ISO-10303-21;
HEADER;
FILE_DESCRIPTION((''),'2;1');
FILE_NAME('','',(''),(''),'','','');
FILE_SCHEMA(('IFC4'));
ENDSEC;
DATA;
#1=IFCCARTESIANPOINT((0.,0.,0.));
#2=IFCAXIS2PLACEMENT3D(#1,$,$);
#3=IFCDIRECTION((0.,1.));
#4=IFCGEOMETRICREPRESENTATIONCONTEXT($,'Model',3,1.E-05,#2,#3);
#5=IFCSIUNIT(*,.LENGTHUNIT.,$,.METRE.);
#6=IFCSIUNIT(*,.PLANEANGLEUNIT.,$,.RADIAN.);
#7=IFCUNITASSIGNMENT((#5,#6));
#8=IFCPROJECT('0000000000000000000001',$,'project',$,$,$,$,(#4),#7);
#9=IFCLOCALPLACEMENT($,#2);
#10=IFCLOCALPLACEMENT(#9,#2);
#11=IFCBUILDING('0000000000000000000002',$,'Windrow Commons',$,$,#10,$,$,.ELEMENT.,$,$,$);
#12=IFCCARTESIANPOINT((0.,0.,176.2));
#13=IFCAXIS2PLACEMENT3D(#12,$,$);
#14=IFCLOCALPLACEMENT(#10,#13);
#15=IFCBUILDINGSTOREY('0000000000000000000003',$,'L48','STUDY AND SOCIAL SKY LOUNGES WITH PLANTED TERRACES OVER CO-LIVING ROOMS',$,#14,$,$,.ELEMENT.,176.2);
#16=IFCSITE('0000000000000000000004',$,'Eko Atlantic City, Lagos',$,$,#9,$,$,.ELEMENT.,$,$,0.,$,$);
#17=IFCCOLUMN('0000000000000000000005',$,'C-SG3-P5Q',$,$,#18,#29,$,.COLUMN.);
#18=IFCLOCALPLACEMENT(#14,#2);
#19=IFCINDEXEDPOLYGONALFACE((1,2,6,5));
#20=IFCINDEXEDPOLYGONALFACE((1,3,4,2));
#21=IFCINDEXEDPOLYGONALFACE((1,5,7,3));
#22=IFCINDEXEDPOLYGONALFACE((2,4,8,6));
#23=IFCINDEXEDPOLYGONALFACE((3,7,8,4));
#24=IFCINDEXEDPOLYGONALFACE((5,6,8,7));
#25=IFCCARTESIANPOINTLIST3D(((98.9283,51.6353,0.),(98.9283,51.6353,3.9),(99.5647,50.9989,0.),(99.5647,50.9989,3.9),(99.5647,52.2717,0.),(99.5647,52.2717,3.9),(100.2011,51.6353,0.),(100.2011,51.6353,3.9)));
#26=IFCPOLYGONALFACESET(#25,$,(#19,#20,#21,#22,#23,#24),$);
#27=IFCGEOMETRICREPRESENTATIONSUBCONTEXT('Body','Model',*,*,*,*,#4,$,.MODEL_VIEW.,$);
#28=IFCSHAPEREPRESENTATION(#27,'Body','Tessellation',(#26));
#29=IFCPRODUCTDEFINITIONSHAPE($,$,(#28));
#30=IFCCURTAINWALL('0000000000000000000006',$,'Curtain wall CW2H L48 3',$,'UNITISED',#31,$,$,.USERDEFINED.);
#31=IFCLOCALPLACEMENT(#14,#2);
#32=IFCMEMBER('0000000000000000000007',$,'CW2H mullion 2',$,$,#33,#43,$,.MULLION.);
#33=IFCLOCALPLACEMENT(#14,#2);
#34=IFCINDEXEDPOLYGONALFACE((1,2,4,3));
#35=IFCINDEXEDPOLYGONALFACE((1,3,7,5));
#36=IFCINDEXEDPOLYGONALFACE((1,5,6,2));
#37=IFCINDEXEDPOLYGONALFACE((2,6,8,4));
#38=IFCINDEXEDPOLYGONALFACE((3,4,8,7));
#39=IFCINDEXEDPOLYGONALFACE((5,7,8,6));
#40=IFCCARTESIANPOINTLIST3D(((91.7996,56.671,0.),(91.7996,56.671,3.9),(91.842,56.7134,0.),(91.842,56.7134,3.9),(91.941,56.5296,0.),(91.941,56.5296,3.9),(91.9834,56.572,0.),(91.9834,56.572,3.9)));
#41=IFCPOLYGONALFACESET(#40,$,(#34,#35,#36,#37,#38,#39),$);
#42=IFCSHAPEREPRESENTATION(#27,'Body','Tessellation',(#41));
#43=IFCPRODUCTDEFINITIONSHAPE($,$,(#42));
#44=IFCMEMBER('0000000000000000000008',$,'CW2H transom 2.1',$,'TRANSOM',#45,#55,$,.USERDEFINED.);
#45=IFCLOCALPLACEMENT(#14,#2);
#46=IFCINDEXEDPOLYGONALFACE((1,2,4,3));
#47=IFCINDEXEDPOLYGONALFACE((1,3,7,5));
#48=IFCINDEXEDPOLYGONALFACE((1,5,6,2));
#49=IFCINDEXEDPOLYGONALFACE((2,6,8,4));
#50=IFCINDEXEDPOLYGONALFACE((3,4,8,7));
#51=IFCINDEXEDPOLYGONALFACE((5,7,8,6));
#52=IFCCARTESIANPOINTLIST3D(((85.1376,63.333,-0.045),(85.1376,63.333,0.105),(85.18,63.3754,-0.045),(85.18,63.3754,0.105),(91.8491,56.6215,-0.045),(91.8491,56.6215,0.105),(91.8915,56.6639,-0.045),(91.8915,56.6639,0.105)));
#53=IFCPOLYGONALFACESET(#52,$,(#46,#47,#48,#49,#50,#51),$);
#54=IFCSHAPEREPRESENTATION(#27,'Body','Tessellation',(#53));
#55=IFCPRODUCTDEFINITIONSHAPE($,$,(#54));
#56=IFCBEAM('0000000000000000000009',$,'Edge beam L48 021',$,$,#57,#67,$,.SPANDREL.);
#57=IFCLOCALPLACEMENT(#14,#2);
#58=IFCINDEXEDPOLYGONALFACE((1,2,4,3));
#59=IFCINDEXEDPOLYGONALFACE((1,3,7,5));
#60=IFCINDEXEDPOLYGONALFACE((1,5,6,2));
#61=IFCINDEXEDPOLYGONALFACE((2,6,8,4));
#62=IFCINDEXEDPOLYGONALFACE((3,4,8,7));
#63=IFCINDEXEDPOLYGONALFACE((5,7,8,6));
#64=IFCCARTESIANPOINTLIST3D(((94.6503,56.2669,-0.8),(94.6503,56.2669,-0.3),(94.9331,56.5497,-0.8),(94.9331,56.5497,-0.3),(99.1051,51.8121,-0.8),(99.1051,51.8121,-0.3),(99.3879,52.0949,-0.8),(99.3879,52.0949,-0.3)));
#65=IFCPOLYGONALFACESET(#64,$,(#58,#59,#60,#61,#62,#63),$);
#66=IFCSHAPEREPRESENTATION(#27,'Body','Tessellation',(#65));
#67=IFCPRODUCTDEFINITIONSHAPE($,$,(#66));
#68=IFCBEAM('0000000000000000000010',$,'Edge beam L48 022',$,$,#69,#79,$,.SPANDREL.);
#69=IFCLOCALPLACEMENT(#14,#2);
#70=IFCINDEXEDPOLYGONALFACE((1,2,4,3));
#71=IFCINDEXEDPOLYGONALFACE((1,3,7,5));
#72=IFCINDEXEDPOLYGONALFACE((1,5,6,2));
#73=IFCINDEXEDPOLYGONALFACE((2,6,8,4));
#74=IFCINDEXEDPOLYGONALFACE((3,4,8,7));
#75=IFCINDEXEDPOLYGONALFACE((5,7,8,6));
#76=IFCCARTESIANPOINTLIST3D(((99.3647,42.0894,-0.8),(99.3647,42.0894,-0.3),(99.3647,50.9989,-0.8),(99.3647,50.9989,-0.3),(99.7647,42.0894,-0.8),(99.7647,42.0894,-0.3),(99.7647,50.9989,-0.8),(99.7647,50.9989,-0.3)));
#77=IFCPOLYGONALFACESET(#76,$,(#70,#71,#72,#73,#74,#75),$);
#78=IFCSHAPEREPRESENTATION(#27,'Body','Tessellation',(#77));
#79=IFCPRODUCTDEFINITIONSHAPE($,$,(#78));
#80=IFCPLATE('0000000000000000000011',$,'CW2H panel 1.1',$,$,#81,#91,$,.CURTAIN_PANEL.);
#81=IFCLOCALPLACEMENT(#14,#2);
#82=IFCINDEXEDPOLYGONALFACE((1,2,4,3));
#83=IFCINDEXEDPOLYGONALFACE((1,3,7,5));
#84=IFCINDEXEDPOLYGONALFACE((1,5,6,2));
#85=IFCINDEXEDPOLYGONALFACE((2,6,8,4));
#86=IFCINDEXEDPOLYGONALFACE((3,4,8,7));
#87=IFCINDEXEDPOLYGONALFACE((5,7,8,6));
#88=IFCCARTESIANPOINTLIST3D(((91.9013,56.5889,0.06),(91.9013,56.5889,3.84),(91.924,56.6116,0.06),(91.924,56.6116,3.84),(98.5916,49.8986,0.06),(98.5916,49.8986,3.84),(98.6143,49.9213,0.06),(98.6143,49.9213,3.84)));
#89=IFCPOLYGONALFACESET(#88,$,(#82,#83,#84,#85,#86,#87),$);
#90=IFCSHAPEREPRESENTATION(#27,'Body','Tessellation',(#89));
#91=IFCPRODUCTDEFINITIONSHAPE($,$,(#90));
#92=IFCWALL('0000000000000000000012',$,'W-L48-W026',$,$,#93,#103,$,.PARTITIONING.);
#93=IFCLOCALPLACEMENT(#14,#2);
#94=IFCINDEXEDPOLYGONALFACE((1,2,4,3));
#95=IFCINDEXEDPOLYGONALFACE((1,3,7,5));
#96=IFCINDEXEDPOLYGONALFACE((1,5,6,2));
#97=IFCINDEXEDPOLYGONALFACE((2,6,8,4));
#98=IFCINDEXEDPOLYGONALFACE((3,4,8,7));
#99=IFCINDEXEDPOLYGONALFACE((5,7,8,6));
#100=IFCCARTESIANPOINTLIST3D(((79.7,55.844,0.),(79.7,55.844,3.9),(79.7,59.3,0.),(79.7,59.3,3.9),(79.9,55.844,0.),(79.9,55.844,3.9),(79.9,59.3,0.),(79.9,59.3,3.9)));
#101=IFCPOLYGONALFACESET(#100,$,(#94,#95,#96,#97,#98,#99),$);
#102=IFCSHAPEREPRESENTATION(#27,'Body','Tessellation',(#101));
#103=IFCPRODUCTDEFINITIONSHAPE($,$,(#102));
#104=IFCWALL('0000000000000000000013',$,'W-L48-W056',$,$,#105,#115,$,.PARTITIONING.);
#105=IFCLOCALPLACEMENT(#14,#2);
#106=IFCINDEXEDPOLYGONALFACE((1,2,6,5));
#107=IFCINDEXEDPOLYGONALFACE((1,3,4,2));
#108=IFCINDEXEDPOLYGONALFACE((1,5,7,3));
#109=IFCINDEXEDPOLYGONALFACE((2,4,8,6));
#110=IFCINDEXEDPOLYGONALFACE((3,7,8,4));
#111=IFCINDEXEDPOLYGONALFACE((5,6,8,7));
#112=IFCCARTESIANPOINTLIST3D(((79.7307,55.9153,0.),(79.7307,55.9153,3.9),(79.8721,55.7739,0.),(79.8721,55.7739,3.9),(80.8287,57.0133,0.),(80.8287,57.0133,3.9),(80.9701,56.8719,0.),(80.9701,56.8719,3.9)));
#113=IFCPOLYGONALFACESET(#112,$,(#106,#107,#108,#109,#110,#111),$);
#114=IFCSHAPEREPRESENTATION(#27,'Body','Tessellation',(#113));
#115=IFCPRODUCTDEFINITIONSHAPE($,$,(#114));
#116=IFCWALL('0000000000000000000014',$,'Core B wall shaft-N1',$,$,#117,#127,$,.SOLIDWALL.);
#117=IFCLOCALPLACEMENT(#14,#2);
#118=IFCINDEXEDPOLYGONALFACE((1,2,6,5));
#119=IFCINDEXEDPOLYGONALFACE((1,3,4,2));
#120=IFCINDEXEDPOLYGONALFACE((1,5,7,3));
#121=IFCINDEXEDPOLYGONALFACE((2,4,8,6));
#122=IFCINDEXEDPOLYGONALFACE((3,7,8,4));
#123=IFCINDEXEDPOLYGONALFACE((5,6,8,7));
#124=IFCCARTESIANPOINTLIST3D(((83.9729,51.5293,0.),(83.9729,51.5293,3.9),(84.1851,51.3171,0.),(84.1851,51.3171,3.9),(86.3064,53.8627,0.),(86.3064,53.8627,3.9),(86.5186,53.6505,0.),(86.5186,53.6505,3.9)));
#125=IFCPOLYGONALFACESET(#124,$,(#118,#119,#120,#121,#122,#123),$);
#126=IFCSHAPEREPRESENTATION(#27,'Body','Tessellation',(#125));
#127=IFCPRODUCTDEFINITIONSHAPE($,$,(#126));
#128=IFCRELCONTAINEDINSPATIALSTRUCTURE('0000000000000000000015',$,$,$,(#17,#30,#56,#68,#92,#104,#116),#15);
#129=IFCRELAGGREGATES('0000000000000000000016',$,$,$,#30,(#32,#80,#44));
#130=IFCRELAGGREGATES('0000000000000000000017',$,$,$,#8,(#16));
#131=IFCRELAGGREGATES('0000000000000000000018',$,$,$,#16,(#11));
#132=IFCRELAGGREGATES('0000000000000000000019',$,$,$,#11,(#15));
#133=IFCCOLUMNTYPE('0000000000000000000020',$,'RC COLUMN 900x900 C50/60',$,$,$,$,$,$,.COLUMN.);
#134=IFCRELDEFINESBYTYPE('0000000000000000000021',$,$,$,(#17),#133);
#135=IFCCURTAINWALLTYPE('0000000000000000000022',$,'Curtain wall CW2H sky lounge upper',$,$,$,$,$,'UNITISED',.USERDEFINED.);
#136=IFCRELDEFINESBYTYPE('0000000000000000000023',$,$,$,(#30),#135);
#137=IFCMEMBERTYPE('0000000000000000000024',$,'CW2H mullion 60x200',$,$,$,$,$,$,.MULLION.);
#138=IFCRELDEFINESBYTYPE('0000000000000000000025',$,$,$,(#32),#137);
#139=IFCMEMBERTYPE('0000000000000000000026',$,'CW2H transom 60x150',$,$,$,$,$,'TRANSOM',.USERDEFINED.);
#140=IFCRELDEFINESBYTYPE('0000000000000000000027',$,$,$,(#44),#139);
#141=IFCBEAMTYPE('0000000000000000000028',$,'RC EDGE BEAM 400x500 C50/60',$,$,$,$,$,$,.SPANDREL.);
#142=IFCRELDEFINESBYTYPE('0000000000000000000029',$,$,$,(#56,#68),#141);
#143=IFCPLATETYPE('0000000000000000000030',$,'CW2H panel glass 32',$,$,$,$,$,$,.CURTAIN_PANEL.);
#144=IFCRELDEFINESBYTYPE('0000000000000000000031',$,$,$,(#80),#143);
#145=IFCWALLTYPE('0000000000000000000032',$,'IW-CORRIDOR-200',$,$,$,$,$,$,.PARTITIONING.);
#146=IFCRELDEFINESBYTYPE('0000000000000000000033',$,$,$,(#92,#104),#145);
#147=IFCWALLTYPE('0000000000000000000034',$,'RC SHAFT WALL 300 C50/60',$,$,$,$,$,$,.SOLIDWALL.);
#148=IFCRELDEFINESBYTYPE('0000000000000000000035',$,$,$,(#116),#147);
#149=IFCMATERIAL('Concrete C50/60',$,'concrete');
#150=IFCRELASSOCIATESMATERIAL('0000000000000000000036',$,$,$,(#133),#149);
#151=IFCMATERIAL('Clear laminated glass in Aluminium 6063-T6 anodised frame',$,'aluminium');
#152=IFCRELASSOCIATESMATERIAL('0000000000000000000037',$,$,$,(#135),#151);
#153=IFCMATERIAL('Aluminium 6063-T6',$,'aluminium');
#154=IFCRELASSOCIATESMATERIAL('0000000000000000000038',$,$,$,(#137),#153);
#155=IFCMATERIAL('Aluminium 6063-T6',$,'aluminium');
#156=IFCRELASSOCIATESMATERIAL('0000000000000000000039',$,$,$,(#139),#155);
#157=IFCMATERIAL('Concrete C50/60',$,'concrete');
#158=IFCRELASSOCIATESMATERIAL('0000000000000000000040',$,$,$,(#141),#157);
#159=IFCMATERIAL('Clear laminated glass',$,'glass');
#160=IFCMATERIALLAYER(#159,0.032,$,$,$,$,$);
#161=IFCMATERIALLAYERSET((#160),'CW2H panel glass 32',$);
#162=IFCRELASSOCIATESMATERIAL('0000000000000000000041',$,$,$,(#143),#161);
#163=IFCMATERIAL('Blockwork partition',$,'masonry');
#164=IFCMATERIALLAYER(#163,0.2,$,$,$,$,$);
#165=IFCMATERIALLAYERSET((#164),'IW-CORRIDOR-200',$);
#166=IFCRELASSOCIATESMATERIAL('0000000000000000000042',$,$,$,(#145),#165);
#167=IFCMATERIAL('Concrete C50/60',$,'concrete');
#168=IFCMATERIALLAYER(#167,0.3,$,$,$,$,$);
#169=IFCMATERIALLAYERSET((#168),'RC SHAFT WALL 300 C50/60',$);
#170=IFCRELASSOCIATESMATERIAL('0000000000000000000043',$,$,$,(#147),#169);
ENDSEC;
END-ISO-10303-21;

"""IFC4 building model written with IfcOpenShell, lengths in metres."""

from ifc_helpers import new_model, si_unit, direction, frame, frame_2d, origin, origin_2d, place, context, subcontext, project, spatial, rectangle, extrude, material, layer, layer_set, material_profile, profile_set, type_object, element, aggregate, save


model = new_model("IFC4")

# Units and contexts
model_context = context("Model", 3, precision=1e-05, world=origin(), true_north=direction((0.0, 1.0)))
body_context = subcontext(model_context, "Body", "Model", "MODEL_VIEW")
ifc_project = project(units=[si_unit("LENGTHUNIT", "METRE"), si_unit("PLANEANGLEUNIT", "RADIAN")], contexts=[model_context])

# Site, building, storey
site_placement = place(None, origin())
site = spatial("IfcSite", under=ifc_project, at=site_placement, Name="Eko Atlantic City, Lagos", CompositionType="ELEMENT", RefElevation=0.0)
building_placement = place(site_placement, origin())
building = spatial("IfcBuilding", under=site, at=building_placement, Name="Windrow Commons", CompositionType="ELEMENT")
storey_placement = place(building_placement, frame((0.0, 0.0, 176.2)))
storey = spatial("IfcBuildingStorey", under=building, at=storey_placement, Name="L48", Description="STUDY AND SOCIAL SKY LOUNGES WITH PLANTED TERRACES OVER CO-LIVING ROOMS", CompositionType="ELEMENT", Elevation=176.2)

# Column
ifc_material_1 = material(Name="Concrete C50/60", Category="concrete")
ifc_material_profile_1 = material_profile(ifc_material_1, rectangle(XDim=0.9, YDim=0.9, at=origin_2d()))
ifc_profile_set_1 = profile_set([ifc_material_profile_1], Name="Concrete C50/60")
column_type = type_object("IfcColumnType", Name="RC COLUMN 900x900 C50/60", PredefinedType="COLUMN", material=ifc_profile_set_1)
column_placement = place(storey_placement, frame((99.5647, 51.6353, 0.0), z_axis=(0.0, 0.0, 1.0), x_axis=(0.707107, -0.707107, 0.0)))
element("IfcColumn", 1, at=column_placement, inside=storey, type_object=column_type, Name="C-SG3-P5Q", PredefinedType="COLUMN", context=body_context, shape_type="SweptSolid", body=[
    extrude(rectangle(XDim=0.9, YDim=0.9, at=origin_2d()), origin(), (0.0, 0.0, 1.0), 3.9),
])

# Curtain wall, members
ifc_material_2 = material(Name="Clear laminated glass in Aluminium 6063-T6 anodised frame", Category="aluminium")
curtain_wall_type = type_object("IfcCurtainWallType", Name="Curtain wall CW2H sky lounge upper", ElementType="UNITISED", PredefinedType="USERDEFINED", material=ifc_material_2)
placement = place(storey_placement, origin())
curtain_wall = element("IfcCurtainWall", 2, at=placement, inside=storey, type_object=curtain_wall_type, Name="Curtain wall CW2H L48 3", ObjectType="UNITISED", PredefinedType="USERDEFINED")
ifc_material_3 = material(Name="Aluminium 6063-T6", Category="aluminium")
ifc_material_profile_2 = material_profile(ifc_material_3, rectangle(XDim=0.06, YDim=0.2, at=origin_2d()))
ifc_profile_set_2 = profile_set([ifc_material_profile_2], Name="Aluminium 6063-T6")
member_type_1 = type_object("IfcMemberType", Name="CW2H mullion 60x200", PredefinedType="MULLION", material=ifc_profile_set_2)
member_1_placement = place(storey_placement, frame((91.8915, 56.6215, 0.0), z_axis=(0.0, 0.0, 1.0), x_axis=(-0.707107, -0.707107, 0.0)))
member_1 = element("IfcMember", 3, at=member_1_placement, type_object=member_type_1, Name="CW2H mullion 2", PredefinedType="MULLION", context=body_context, shape_type="SweptSolid", body=[
    extrude(rectangle(XDim=0.06, YDim=0.2, at=origin_2d()), origin(), (0.0, 0.0, 1.0), 3.9),
])
ifc_material_4 = material(Name="Aluminium 6063-T6", Category="aluminium")
ifc_material_profile_3 = material_profile(ifc_material_4, rectangle(XDim=0.06, YDim=0.15, at=origin_2d()))
ifc_profile_set_3 = profile_set([ifc_material_profile_3], Name="Aluminium 6063-T6")
member_type_2 = type_object("IfcMemberType", Name="CW2H transom 60x150", ElementType="TRANSOM", PredefinedType="USERDEFINED", material=ifc_profile_set_3)
member_2_placement = place(storey_placement, frame((91.8703, 56.6427, 0.03), z_axis=(-0.707107, 0.707107, 0.0), x_axis=(-0.707107, -0.707107, 0.0)))
member_2 = element("IfcMember", 4, at=member_2_placement, type_object=member_type_2, Name="CW2H transom 2.1", ObjectType="TRANSOM", PredefinedType="USERDEFINED", context=body_context, shape_type="SweptSolid", body=[
    extrude(rectangle(XDim=0.06, YDim=0.15, at=origin_2d()), origin(), (0.0, 0.0, 1.0), 9.4915),
])

# Beams
ifc_material_5 = material(Name="Concrete C50/60", Category="concrete")
ifc_material_profile_4 = material_profile(ifc_material_5, rectangle(XDim=0.4, YDim=0.5, at=origin_2d()))
ifc_profile_set_4 = profile_set([ifc_material_profile_4], Name="Concrete C50/60")
beam_type = type_object("IfcBeamType", Name="RC EDGE BEAM 400x500 C50/60", PredefinedType="SPANDREL", material=ifc_profile_set_4)
beam_1_placement = place(storey_placement, frame((94.7917, 56.4083, -0.55), z_axis=(0.707107, -0.707107, 0.0), x_axis=(0.707107, 0.707107, 0.0)))
element("IfcBeam", 5, at=beam_1_placement, inside=storey, type_object=beam_type, Name="Edge beam L48 021", PredefinedType="SPANDREL", context=body_context, shape_type="SweptSolid", body=[
    extrude(rectangle(XDim=0.4, YDim=0.5, at=origin_2d()), origin(), (0.0, 0.0, 1.0), 6.3),
])
beam_2_placement = place(storey_placement, frame((99.5647, 50.9989, -0.55), z_axis=(0.0, -1.0, 0.0), x_axis=(1.0, 0.0, 0.0)))
element("IfcBeam", 6, at=beam_2_placement, inside=storey, type_object=beam_type, Name="Edge beam L48 022", PredefinedType="SPANDREL", context=body_context, shape_type="SweptSolid", body=[
    extrude(rectangle(XDim=0.4, YDim=0.5, at=origin_2d()), origin(), (0.0, 0.0, 1.0), 8.9095),
])

# Plate
ifc_material_6 = material(Name="Clear laminated glass", Category="glass")
ifc_layer_1 = layer(ifc_material_6, 0.032)
ifc_layer_set_1 = layer_set([ifc_layer_1], Name="CW2H panel glass 32")
plate_type = type_object("IfcPlateType", Name="CW2H panel glass 32", PredefinedType="CURTAIN_PANEL", material=ifc_layer_set_1)
plate_placement = place(storey_placement, frame((95.2578, 53.2551, 0.06), z_axis=(0.0, 0.0, 1.0), x_axis=(-0.707107, 0.707107, 0.0)))
plate = element("IfcPlate", 7, at=plate_placement, type_object=plate_type, Name="CW2H panel 1.1", PredefinedType="CURTAIN_PANEL", context=body_context, shape_type="SweptSolid", body=[
    extrude(rectangle(XDim=9.4615, YDim=0.032, at=origin_2d()), origin(), (0.0, 0.0, 1.0), 3.78),
])
aggregate(curtain_wall, [member_1, plate, member_2])

# Walls
ifc_material_7 = material(Name="Blockwork partition", Category="masonry")
ifc_layer_2 = layer(ifc_material_7, 0.2)
ifc_layer_set_2 = layer_set([ifc_layer_2], Name="IW-CORRIDOR-200")
wall_type_1 = type_object("IfcWallType", Name="IW-CORRIDOR-200", PredefinedType="PARTITIONING", material=ifc_layer_set_2)
wall_1_placement = place(storey_placement, frame((79.8, 55.844, 0.0), z_axis=(0.0, 0.0, 1.0), x_axis=(0.0, 1.0, 0.0)))
element("IfcWall", 8, at=wall_1_placement, inside=storey, type_object=wall_type_1, Name="W-L48-W026", PredefinedType="PARTITIONING", context=body_context, shape_type="SweptSolid", body=[
    extrude(rectangle(XDim=3.456, YDim=0.2, at=frame_2d((1.728, 0.0))), origin(), (0.0, 0.0, 1.0), 3.9),
])
wall_2_placement = place(storey_placement, frame((79.8014, 55.8446, 0.0), z_axis=(0.0, 0.0, 1.0), x_axis=(0.707107, 0.707107, 0.0)))
element("IfcWall", 9, at=wall_2_placement, inside=storey, type_object=wall_type_1, Name="W-L48-W056", PredefinedType="PARTITIONING", context=body_context, shape_type="SweptSolid", body=[
    extrude(rectangle(XDim=1.5528, YDim=0.2, at=frame_2d((0.7764, 0.0))), origin(), (0.0, 0.0, 1.0), 3.9),
])
ifc_material_8 = material(Name="Concrete C50/60", Category="concrete")
ifc_layer_3 = layer(ifc_material_8, 0.3)
ifc_layer_set_3 = layer_set([ifc_layer_3], Name="RC SHAFT WALL 300 C50/60")
wall_type_2 = type_object("IfcWallType", Name="RC SHAFT WALL 300 C50/60", PredefinedType="SOLIDWALL", material=ifc_layer_set_3)
wall_3_placement = place(storey_placement, frame((84.079, 51.4232, 0.0), z_axis=(0.0, 0.0, 1.0), x_axis=(0.707122, 0.707092, 0.0)))
element("IfcWall", 10, at=wall_3_placement, inside=storey, type_object=wall_type_2, Name="Core B wall shaft-N1", PredefinedType="SOLIDWALL", context=body_context, shape_type="SweptSolid", body=[
    extrude(rectangle(XDim=3.3, YDim=0.3, at=frame_2d((1.65, 0.0))), origin(), (0.0, 0.0, 1.0), 3.9),
])

save(model, "model.ifc")
